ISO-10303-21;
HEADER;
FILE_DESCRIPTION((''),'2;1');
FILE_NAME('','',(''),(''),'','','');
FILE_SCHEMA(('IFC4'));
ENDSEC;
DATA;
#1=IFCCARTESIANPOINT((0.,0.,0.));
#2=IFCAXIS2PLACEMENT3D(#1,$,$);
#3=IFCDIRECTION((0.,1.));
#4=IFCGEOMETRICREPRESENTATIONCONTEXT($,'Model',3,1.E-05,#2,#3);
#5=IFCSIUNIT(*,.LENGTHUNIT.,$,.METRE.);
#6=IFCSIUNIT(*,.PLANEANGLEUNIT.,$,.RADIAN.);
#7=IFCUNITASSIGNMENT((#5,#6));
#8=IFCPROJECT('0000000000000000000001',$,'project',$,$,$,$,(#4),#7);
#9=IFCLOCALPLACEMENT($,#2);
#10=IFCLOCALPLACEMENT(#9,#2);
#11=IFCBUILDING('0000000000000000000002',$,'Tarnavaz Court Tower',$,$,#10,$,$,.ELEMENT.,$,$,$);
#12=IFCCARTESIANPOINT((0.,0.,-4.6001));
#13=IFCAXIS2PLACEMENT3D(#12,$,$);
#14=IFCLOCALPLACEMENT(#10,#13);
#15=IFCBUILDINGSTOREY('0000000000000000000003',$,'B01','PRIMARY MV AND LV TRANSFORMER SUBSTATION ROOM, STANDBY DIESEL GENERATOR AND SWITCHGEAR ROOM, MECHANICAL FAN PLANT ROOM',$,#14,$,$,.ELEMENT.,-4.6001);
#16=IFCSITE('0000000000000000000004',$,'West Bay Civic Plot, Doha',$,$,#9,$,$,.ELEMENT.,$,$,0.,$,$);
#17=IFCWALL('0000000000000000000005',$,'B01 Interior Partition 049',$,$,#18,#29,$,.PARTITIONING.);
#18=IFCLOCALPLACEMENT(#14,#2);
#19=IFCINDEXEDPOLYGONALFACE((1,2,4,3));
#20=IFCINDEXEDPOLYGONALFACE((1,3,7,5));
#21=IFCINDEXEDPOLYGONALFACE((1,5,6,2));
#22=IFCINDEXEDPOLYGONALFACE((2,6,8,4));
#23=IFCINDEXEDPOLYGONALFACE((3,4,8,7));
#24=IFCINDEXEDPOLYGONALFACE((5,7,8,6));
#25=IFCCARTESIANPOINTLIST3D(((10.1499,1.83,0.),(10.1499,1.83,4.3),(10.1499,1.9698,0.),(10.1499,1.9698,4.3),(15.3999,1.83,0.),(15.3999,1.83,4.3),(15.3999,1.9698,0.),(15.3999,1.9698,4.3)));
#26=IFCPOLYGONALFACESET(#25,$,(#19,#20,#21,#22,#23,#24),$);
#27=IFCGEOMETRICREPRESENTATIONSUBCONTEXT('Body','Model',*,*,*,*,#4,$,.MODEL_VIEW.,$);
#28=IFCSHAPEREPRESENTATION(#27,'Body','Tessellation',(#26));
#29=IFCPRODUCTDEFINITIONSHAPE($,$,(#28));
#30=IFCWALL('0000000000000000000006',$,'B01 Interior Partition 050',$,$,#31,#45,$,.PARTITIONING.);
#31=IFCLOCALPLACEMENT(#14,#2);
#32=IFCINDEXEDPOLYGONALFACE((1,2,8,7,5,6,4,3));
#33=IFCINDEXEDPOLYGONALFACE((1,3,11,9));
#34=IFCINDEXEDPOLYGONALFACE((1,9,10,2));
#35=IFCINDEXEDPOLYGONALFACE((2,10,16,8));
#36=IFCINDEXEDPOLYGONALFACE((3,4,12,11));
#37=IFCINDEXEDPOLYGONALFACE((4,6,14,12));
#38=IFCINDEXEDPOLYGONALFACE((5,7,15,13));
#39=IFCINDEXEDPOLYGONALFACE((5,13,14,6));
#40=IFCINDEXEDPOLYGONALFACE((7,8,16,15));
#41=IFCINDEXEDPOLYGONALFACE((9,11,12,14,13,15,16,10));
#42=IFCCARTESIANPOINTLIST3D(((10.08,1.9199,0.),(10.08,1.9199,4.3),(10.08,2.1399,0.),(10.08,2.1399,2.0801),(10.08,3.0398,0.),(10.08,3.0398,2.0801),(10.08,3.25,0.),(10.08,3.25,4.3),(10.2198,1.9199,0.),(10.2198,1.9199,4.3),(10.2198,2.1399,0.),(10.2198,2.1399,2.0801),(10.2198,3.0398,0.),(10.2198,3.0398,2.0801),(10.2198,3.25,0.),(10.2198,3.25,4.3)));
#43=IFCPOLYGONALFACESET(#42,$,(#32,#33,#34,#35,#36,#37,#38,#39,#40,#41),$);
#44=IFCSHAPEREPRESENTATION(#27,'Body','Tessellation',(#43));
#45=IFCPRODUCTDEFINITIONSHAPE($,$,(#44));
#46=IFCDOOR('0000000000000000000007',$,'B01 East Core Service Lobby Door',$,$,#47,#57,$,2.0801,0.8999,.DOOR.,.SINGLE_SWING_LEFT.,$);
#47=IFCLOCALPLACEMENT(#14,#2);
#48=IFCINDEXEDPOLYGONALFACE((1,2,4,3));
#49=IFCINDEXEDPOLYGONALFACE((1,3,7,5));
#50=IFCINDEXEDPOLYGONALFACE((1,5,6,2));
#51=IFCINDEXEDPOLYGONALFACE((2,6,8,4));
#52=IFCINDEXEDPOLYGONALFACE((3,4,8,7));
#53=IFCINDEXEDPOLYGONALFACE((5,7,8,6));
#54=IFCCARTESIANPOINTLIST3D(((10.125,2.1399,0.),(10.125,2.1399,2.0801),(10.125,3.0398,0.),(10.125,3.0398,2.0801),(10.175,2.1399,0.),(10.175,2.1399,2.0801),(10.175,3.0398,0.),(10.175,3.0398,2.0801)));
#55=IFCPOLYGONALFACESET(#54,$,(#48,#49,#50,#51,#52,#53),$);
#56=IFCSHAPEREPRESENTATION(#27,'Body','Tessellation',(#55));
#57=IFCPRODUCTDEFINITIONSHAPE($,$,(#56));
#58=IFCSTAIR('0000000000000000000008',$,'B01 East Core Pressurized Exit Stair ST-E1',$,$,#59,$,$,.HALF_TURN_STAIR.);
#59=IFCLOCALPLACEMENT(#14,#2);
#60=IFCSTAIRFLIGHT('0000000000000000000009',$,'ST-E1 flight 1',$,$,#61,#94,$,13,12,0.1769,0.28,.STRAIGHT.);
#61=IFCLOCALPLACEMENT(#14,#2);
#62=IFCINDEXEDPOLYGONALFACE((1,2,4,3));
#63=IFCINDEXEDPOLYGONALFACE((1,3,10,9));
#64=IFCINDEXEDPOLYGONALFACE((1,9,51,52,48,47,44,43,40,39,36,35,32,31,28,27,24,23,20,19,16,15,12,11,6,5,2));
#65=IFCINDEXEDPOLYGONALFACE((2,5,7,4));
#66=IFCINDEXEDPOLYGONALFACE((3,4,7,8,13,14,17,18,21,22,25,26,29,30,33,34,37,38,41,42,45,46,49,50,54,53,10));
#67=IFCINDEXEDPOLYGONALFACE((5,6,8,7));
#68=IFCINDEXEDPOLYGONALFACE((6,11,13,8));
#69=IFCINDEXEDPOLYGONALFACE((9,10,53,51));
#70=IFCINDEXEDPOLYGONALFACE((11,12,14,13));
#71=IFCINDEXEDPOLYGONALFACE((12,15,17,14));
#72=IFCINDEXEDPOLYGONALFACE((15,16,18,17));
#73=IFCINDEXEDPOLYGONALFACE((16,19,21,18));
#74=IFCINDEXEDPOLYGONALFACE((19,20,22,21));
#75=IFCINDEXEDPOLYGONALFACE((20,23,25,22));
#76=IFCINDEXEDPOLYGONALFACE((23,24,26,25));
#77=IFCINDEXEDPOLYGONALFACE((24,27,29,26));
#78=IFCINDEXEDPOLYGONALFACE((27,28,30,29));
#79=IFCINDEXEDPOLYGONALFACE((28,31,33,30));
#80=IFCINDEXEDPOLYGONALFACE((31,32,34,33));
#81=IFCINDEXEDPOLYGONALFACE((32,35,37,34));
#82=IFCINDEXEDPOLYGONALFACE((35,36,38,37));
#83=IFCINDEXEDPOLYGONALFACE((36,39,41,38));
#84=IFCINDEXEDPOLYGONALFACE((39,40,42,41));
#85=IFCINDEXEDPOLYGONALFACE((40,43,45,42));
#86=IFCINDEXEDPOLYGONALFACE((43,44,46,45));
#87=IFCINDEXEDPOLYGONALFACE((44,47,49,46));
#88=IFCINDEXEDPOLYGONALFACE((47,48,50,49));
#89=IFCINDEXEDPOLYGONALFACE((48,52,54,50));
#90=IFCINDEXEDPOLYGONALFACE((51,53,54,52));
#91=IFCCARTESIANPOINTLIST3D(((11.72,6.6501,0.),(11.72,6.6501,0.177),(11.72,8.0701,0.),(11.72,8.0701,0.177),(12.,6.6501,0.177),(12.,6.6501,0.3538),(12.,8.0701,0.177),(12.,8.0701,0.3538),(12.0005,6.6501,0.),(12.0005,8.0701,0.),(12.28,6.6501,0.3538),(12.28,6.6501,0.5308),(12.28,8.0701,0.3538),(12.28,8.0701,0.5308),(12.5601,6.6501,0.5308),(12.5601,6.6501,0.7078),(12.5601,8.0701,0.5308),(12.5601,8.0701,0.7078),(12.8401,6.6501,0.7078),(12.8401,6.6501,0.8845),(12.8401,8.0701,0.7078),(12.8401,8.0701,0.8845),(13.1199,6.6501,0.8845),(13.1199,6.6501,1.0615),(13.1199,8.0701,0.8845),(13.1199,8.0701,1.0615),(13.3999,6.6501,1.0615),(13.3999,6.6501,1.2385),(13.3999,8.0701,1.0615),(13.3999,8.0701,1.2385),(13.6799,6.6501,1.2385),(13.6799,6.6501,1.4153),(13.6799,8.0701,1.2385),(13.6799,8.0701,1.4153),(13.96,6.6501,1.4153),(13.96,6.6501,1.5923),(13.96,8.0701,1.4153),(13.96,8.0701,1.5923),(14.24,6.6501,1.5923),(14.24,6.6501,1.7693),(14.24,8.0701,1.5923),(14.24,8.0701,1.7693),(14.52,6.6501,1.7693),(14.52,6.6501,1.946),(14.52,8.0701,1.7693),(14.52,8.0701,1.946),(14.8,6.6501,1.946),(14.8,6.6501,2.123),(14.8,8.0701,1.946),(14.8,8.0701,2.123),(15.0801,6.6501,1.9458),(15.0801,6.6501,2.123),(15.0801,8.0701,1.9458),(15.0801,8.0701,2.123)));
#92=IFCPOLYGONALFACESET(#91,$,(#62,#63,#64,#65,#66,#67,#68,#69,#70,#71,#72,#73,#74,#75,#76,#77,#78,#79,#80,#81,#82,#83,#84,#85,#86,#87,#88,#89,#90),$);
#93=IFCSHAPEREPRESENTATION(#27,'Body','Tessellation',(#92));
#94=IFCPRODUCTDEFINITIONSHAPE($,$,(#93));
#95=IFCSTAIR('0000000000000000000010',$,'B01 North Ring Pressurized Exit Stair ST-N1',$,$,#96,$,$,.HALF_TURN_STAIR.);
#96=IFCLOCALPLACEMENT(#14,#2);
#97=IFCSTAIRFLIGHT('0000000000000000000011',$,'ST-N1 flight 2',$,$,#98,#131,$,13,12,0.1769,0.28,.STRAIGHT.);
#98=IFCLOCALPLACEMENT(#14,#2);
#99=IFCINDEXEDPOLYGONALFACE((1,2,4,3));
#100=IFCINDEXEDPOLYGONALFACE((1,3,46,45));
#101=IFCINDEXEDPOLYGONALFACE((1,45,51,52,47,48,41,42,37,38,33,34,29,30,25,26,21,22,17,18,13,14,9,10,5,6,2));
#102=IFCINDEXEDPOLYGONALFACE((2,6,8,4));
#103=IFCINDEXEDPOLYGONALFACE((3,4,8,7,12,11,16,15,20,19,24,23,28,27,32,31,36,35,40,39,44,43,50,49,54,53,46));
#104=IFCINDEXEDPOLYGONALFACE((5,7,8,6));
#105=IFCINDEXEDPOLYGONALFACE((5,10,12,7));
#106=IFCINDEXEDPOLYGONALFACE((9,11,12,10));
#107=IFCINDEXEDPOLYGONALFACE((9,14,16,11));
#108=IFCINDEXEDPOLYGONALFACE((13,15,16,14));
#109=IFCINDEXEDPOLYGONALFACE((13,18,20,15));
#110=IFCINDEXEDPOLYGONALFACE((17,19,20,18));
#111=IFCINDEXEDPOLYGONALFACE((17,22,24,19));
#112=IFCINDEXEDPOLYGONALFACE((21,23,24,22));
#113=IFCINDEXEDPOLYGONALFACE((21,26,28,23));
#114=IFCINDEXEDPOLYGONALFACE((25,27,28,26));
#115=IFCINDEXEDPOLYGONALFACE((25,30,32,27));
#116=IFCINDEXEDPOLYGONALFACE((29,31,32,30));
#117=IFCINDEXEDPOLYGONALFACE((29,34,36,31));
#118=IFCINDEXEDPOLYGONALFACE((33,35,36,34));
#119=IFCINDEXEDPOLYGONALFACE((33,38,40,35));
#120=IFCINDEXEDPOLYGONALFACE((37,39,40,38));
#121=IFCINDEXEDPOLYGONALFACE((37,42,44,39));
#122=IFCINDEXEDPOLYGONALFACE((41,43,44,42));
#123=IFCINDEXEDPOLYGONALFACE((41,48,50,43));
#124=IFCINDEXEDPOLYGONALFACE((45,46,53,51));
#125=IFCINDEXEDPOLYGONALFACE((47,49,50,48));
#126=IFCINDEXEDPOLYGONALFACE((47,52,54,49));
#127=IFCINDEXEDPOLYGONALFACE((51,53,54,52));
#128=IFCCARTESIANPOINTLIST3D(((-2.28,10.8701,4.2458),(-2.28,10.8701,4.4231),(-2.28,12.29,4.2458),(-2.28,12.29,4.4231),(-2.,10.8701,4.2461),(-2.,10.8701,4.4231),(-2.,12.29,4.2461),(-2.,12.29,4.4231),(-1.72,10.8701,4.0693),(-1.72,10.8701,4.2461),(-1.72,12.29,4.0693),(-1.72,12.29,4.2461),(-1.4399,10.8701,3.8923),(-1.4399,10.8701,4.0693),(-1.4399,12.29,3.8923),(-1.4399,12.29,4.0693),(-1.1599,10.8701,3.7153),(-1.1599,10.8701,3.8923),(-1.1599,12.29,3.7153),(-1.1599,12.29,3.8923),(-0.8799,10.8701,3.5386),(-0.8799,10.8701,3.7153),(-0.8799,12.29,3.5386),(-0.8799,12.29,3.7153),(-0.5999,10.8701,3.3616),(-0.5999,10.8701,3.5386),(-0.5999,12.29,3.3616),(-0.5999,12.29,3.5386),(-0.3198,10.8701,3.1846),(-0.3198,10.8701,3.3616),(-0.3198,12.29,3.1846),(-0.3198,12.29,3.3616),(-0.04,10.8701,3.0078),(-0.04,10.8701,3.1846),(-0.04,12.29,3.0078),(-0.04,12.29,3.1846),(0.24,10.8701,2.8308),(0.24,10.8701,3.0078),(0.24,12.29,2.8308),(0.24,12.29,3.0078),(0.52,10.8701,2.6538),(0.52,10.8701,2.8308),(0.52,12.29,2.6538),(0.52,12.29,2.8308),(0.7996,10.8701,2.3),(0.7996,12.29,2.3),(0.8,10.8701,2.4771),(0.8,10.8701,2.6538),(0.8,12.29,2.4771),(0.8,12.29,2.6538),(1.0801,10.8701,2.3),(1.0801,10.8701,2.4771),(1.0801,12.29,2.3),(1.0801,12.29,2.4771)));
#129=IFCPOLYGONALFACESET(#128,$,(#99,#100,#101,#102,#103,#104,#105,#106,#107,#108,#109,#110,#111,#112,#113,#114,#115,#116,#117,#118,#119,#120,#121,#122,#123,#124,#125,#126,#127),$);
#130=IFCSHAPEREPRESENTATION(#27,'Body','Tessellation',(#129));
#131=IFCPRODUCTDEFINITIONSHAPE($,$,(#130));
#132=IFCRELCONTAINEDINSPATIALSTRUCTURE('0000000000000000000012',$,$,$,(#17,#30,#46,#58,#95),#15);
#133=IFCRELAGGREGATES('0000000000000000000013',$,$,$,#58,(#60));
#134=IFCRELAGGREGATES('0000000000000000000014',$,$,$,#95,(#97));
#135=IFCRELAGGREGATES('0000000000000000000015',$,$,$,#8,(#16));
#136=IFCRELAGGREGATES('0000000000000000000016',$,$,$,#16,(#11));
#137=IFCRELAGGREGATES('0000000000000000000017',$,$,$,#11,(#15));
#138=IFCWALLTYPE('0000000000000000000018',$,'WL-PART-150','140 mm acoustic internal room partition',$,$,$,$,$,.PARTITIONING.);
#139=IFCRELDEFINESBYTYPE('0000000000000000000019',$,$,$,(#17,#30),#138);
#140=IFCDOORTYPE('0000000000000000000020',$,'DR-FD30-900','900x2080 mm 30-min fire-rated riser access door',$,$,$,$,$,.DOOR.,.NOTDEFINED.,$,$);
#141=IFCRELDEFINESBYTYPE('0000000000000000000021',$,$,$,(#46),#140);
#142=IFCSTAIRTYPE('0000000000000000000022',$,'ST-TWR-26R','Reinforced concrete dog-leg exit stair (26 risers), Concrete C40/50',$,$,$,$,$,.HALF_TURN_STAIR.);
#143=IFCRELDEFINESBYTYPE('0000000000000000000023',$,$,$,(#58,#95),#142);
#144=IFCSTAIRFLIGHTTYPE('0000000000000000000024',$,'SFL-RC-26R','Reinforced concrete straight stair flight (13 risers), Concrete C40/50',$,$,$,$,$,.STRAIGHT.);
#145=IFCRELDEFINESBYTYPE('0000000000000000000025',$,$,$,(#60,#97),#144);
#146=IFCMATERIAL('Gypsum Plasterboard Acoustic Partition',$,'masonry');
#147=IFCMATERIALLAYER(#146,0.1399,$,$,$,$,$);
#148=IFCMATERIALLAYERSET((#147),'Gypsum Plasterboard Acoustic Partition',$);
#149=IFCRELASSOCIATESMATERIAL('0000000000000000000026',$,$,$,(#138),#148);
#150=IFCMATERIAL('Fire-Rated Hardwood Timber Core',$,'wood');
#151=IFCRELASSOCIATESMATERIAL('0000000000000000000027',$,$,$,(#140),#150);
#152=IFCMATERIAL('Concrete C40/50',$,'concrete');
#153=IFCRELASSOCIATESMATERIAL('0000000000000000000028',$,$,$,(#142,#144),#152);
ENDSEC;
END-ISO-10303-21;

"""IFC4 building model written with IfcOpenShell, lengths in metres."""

from ifc_helpers import new_model, si_unit, direction, frame, frame_2d, origin, place, context, subcontext, project, spatial, polyline, rectangle, outline, extrude, material, layer, layer_set, type_object, element, fill, aggregate, save


model = new_model("IFC4")

# Units and contexts
model_context = context("Model", 3, precision=1e-05, world=origin(), true_north=direction((0.0, 1.0)))
body_context = subcontext(model_context, "Body", "Model", "MODEL_VIEW")
ifc_project = project(units=[si_unit("LENGTHUNIT", "METRE"), si_unit("PLANEANGLEUNIT", "RADIAN")], contexts=[model_context])

# Site, building, storey
site_placement = place(None, origin())
site = spatial("IfcSite", under=ifc_project, at=site_placement, Name="West Bay Civic Plot, Doha", CompositionType="ELEMENT", RefElevation=0.0)
building_placement = place(site_placement, origin())
building = spatial("IfcBuilding", under=site, at=building_placement, Name="Tarnavaz Court Tower", CompositionType="ELEMENT")
storey_placement = place(building_placement, frame((0.0, 0.0, -4.6001)))
storey = spatial("IfcBuildingStorey", under=building, at=storey_placement, Name="B01", Description="PRIMARY MV AND LV TRANSFORMER SUBSTATION ROOM, STANDBY DIESEL GENERATOR AND SWITCHGEAR ROOM, MECHANICAL FAN PLANT ROOM", CompositionType="ELEMENT", Elevation=-4.6001)

# Shared definitions
ifc_material_1 = material(Name="Fire-Rated Hardwood Timber Core", Category="wood")

# Wall
ifc_material_2 = material(Name="Gypsum Plasterboard Acoustic Partition", Category="masonry")
ifc_layer_1 = layer(ifc_material_2, 0.1399)
ifc_layer_set_1 = layer_set([ifc_layer_1], Name="Gypsum Plasterboard Acoustic Partition")
wall_type_1 = type_object("IfcWallType", Name="WL-PART-150", Description="140 mm acoustic internal room partition", PredefinedType="PARTITIONING", material=ifc_layer_set_1)
wall_1_placement = place(storey_placement, frame((10.1499, 1.8999, 0.0), z_axis=(0.0, 0.0, 1.0), x_axis=(1.0, 0.0, 0.0)))
element("IfcWall", 1, at=wall_1_placement, inside=storey, type_object=wall_type_1, Name="B01 Interior Partition 049", PredefinedType="PARTITIONING", context=body_context, shape_type="SweptSolid", body=[
    extrude(rectangle(XDim=5.25, YDim=0.1399, at=frame_2d((2.625, 0.0))), origin(), (0.0, 0.0, 1.0), 4.3),
])

# Wall, opening, door
wall_2_placement = place(storey_placement, frame((10.1499, 1.9199, 0.0), z_axis=(0.0, 0.0, 1.0), x_axis=(0.0, 1.0, 0.0)))
wall_2 = element("IfcWall", 2, at=wall_2_placement, inside=storey, type_object=wall_type_1, Name="B01 Interior Partition 050", PredefinedType="PARTITIONING", context=body_context, shape_type="SweptSolid", body=[
    extrude(rectangle(XDim=1.3301, YDim=0.1399, at=frame_2d((0.665, 0.0))), origin(), (0.0, 0.0, 1.0), 4.3),
])
opening_1_placement = place(wall_2_placement, frame((0.22, 0.0, 0.0)))
opening_1 = element("IfcOpeningElement", 3, at=opening_1_placement, cuts=wall_2, PredefinedType="OPENING", context=body_context, shape_type="SweptSolid", body=[
    extrude(rectangle(XDim=0.8999, YDim=2.0801, at=frame_2d((0.45, 1.04))), frame((0.0, 0.0798, 0.0), z_axis=(0.0, -1.0, 0.0), x_axis=(1.0, 0.0, 0.0)), (0.0, 0.0, 1.0), 0.1599),
])
door_type_1 = type_object("IfcDoorType", Name="DR-FD30-900", Description="900x2080 mm 30-min fire-rated riser access door", OperationType="NOTDEFINED", PredefinedType="DOOR", material=ifc_material_1)
door_1_placement = place(opening_1_placement, origin())
door_1 = element("IfcDoor", 4, at=door_1_placement, inside=storey, type_object=door_type_1, Name="B01 East Core Service Lobby Door", OperationType="SINGLE_SWING_LEFT", OverallHeight=2.0801, OverallWidth=0.8999, PredefinedType="DOOR", context=body_context, shape_type="SweptSolid", body=[
    extrude(rectangle(XDim=0.8999, YDim=2.0801, at=frame_2d((0.45, 1.04))), frame((0.0, 0.0249, 0.0), z_axis=(0.0, -1.0, 0.0), x_axis=(1.0, 0.0, 0.0)), (0.0, 0.0, 1.0), 0.05),
])
fill(opening_1, door_1)

# Stairs, stair flights
ifc_material_3 = material(Name="Concrete C40/50", Category="concrete")
stair_type = type_object("IfcStairType", Name="ST-TWR-26R", Description="Reinforced concrete dog-leg exit stair (26 risers), Concrete C40/50", PredefinedType="HALF_TURN_STAIR", material=ifc_material_3)
stair_1_placement = place(storey_placement, origin())
stair_1 = element("IfcStair", 5, at=stair_1_placement, inside=storey, type_object=stair_type, Name="B01 East Core Pressurized Exit Stair ST-E1", PredefinedType="HALF_TURN_STAIR")
stair_flight_type = type_object("IfcStairFlightType", Name="SFL-RC-26R", Description="Reinforced concrete straight stair flight (13 risers), Concrete C40/50", PredefinedType="STRAIGHT", material=ifc_material_3)
stair_flight_1_placement = place(storey_placement, frame((11.72, 7.3601, 0.0), z_axis=(0.0, 0.0, 1.0), x_axis=(1.0, 0.0, 0.0)))
stair_flight_1 = element("IfcStairFlight", 6, at=stair_flight_1_placement, type_object=stair_flight_type, Name="ST-E1 flight 1", NumberOfRisers=13, NumberOfTreads=12, PredefinedType="STRAIGHT", RiserHeight=0.1769, TreadLength=0.28, context=body_context, shape_type="SweptSolid", body=[
    extrude(outline(polyline([(0.0, 0.0), (0.0, 0.177), (0.28, 0.177), (0.28, 0.3538), (0.5601, 0.3538), (0.5601, 0.5308), (0.8401, 0.5308), (0.8401, 0.7078), (1.1201, 0.7078), (1.1201, 0.8845), (1.3999, 0.8845), (1.3999, 1.0615), (1.6799, 1.0615), (1.6799, 1.2385), (1.96, 1.2385), (1.96, 1.4153), (2.24, 1.4153), (2.24, 1.5923), (2.52, 1.5923), (2.52, 1.7693), (2.8, 1.7693), (2.8, 1.946), (3.0801, 1.946), (3.0801, 2.123), (3.3601, 2.123), (3.3601, 2.3), (3.3601, 1.9458), (0.2805, 0.0), (0.0, 0.0)])), frame((0.0, 0.71, 0.0), z_axis=(0.0, -1.0, 0.0), x_axis=(1.0, 0.0, 0.0)), (0.0, 0.0, 1.0), 1.4199),
])
aggregate(stair_1, [stair_flight_1])
stair_2_placement = place(storey_placement, origin())
stair_2 = element("IfcStair", 7, at=stair_2_placement, inside=storey, type_object=stair_type, Name="B01 North Ring Pressurized Exit Stair ST-N1", PredefinedType="HALF_TURN_STAIR")
stair_flight_2_placement = place(storey_placement, frame((1.0801, 11.5801, 2.3), z_axis=(0.0, 0.0, 1.0), x_axis=(-1.0, 0.0, 0.0)))
stair_flight_2 = element("IfcStairFlight", 8, at=stair_flight_2_placement, type_object=stair_flight_type, Name="ST-N1 flight 2", NumberOfRisers=13, NumberOfTreads=12, PredefinedType="STRAIGHT", RiserHeight=0.1769, TreadLength=0.28, context=body_context, shape_type="SweptSolid", body=[
    extrude(outline(polyline([(0.0, 0.0), (0.0, 0.177), (0.28, 0.177), (0.28, 0.3538), (0.5601, 0.3538), (0.5601, 0.5308), (0.8401, 0.5308), (0.8401, 0.7078), (1.1201, 0.7078), (1.1201, 0.8845), (1.3999, 0.8845), (1.3999, 1.0615), (1.6799, 1.0615), (1.6799, 1.2385), (1.96, 1.2385), (1.96, 1.4153), (2.24, 1.4153), (2.24, 1.5923), (2.52, 1.5923), (2.52, 1.7693), (2.8, 1.7693), (2.8, 1.946), (3.0801, 1.946), (3.0801, 2.123), (3.3601, 2.123), (3.3601, 2.3), (3.3601, 1.9458), (0.2805, 0.0), (0.0, 0.0)])), frame((0.0, 0.71, 0.0), z_axis=(0.0, -1.0, 0.0), x_axis=(1.0, 0.0, 0.0)), (0.0, 0.0, 1.0), 1.4199),
])
aggregate(stair_2, [stair_flight_2])

save(model, "model.ifc")
